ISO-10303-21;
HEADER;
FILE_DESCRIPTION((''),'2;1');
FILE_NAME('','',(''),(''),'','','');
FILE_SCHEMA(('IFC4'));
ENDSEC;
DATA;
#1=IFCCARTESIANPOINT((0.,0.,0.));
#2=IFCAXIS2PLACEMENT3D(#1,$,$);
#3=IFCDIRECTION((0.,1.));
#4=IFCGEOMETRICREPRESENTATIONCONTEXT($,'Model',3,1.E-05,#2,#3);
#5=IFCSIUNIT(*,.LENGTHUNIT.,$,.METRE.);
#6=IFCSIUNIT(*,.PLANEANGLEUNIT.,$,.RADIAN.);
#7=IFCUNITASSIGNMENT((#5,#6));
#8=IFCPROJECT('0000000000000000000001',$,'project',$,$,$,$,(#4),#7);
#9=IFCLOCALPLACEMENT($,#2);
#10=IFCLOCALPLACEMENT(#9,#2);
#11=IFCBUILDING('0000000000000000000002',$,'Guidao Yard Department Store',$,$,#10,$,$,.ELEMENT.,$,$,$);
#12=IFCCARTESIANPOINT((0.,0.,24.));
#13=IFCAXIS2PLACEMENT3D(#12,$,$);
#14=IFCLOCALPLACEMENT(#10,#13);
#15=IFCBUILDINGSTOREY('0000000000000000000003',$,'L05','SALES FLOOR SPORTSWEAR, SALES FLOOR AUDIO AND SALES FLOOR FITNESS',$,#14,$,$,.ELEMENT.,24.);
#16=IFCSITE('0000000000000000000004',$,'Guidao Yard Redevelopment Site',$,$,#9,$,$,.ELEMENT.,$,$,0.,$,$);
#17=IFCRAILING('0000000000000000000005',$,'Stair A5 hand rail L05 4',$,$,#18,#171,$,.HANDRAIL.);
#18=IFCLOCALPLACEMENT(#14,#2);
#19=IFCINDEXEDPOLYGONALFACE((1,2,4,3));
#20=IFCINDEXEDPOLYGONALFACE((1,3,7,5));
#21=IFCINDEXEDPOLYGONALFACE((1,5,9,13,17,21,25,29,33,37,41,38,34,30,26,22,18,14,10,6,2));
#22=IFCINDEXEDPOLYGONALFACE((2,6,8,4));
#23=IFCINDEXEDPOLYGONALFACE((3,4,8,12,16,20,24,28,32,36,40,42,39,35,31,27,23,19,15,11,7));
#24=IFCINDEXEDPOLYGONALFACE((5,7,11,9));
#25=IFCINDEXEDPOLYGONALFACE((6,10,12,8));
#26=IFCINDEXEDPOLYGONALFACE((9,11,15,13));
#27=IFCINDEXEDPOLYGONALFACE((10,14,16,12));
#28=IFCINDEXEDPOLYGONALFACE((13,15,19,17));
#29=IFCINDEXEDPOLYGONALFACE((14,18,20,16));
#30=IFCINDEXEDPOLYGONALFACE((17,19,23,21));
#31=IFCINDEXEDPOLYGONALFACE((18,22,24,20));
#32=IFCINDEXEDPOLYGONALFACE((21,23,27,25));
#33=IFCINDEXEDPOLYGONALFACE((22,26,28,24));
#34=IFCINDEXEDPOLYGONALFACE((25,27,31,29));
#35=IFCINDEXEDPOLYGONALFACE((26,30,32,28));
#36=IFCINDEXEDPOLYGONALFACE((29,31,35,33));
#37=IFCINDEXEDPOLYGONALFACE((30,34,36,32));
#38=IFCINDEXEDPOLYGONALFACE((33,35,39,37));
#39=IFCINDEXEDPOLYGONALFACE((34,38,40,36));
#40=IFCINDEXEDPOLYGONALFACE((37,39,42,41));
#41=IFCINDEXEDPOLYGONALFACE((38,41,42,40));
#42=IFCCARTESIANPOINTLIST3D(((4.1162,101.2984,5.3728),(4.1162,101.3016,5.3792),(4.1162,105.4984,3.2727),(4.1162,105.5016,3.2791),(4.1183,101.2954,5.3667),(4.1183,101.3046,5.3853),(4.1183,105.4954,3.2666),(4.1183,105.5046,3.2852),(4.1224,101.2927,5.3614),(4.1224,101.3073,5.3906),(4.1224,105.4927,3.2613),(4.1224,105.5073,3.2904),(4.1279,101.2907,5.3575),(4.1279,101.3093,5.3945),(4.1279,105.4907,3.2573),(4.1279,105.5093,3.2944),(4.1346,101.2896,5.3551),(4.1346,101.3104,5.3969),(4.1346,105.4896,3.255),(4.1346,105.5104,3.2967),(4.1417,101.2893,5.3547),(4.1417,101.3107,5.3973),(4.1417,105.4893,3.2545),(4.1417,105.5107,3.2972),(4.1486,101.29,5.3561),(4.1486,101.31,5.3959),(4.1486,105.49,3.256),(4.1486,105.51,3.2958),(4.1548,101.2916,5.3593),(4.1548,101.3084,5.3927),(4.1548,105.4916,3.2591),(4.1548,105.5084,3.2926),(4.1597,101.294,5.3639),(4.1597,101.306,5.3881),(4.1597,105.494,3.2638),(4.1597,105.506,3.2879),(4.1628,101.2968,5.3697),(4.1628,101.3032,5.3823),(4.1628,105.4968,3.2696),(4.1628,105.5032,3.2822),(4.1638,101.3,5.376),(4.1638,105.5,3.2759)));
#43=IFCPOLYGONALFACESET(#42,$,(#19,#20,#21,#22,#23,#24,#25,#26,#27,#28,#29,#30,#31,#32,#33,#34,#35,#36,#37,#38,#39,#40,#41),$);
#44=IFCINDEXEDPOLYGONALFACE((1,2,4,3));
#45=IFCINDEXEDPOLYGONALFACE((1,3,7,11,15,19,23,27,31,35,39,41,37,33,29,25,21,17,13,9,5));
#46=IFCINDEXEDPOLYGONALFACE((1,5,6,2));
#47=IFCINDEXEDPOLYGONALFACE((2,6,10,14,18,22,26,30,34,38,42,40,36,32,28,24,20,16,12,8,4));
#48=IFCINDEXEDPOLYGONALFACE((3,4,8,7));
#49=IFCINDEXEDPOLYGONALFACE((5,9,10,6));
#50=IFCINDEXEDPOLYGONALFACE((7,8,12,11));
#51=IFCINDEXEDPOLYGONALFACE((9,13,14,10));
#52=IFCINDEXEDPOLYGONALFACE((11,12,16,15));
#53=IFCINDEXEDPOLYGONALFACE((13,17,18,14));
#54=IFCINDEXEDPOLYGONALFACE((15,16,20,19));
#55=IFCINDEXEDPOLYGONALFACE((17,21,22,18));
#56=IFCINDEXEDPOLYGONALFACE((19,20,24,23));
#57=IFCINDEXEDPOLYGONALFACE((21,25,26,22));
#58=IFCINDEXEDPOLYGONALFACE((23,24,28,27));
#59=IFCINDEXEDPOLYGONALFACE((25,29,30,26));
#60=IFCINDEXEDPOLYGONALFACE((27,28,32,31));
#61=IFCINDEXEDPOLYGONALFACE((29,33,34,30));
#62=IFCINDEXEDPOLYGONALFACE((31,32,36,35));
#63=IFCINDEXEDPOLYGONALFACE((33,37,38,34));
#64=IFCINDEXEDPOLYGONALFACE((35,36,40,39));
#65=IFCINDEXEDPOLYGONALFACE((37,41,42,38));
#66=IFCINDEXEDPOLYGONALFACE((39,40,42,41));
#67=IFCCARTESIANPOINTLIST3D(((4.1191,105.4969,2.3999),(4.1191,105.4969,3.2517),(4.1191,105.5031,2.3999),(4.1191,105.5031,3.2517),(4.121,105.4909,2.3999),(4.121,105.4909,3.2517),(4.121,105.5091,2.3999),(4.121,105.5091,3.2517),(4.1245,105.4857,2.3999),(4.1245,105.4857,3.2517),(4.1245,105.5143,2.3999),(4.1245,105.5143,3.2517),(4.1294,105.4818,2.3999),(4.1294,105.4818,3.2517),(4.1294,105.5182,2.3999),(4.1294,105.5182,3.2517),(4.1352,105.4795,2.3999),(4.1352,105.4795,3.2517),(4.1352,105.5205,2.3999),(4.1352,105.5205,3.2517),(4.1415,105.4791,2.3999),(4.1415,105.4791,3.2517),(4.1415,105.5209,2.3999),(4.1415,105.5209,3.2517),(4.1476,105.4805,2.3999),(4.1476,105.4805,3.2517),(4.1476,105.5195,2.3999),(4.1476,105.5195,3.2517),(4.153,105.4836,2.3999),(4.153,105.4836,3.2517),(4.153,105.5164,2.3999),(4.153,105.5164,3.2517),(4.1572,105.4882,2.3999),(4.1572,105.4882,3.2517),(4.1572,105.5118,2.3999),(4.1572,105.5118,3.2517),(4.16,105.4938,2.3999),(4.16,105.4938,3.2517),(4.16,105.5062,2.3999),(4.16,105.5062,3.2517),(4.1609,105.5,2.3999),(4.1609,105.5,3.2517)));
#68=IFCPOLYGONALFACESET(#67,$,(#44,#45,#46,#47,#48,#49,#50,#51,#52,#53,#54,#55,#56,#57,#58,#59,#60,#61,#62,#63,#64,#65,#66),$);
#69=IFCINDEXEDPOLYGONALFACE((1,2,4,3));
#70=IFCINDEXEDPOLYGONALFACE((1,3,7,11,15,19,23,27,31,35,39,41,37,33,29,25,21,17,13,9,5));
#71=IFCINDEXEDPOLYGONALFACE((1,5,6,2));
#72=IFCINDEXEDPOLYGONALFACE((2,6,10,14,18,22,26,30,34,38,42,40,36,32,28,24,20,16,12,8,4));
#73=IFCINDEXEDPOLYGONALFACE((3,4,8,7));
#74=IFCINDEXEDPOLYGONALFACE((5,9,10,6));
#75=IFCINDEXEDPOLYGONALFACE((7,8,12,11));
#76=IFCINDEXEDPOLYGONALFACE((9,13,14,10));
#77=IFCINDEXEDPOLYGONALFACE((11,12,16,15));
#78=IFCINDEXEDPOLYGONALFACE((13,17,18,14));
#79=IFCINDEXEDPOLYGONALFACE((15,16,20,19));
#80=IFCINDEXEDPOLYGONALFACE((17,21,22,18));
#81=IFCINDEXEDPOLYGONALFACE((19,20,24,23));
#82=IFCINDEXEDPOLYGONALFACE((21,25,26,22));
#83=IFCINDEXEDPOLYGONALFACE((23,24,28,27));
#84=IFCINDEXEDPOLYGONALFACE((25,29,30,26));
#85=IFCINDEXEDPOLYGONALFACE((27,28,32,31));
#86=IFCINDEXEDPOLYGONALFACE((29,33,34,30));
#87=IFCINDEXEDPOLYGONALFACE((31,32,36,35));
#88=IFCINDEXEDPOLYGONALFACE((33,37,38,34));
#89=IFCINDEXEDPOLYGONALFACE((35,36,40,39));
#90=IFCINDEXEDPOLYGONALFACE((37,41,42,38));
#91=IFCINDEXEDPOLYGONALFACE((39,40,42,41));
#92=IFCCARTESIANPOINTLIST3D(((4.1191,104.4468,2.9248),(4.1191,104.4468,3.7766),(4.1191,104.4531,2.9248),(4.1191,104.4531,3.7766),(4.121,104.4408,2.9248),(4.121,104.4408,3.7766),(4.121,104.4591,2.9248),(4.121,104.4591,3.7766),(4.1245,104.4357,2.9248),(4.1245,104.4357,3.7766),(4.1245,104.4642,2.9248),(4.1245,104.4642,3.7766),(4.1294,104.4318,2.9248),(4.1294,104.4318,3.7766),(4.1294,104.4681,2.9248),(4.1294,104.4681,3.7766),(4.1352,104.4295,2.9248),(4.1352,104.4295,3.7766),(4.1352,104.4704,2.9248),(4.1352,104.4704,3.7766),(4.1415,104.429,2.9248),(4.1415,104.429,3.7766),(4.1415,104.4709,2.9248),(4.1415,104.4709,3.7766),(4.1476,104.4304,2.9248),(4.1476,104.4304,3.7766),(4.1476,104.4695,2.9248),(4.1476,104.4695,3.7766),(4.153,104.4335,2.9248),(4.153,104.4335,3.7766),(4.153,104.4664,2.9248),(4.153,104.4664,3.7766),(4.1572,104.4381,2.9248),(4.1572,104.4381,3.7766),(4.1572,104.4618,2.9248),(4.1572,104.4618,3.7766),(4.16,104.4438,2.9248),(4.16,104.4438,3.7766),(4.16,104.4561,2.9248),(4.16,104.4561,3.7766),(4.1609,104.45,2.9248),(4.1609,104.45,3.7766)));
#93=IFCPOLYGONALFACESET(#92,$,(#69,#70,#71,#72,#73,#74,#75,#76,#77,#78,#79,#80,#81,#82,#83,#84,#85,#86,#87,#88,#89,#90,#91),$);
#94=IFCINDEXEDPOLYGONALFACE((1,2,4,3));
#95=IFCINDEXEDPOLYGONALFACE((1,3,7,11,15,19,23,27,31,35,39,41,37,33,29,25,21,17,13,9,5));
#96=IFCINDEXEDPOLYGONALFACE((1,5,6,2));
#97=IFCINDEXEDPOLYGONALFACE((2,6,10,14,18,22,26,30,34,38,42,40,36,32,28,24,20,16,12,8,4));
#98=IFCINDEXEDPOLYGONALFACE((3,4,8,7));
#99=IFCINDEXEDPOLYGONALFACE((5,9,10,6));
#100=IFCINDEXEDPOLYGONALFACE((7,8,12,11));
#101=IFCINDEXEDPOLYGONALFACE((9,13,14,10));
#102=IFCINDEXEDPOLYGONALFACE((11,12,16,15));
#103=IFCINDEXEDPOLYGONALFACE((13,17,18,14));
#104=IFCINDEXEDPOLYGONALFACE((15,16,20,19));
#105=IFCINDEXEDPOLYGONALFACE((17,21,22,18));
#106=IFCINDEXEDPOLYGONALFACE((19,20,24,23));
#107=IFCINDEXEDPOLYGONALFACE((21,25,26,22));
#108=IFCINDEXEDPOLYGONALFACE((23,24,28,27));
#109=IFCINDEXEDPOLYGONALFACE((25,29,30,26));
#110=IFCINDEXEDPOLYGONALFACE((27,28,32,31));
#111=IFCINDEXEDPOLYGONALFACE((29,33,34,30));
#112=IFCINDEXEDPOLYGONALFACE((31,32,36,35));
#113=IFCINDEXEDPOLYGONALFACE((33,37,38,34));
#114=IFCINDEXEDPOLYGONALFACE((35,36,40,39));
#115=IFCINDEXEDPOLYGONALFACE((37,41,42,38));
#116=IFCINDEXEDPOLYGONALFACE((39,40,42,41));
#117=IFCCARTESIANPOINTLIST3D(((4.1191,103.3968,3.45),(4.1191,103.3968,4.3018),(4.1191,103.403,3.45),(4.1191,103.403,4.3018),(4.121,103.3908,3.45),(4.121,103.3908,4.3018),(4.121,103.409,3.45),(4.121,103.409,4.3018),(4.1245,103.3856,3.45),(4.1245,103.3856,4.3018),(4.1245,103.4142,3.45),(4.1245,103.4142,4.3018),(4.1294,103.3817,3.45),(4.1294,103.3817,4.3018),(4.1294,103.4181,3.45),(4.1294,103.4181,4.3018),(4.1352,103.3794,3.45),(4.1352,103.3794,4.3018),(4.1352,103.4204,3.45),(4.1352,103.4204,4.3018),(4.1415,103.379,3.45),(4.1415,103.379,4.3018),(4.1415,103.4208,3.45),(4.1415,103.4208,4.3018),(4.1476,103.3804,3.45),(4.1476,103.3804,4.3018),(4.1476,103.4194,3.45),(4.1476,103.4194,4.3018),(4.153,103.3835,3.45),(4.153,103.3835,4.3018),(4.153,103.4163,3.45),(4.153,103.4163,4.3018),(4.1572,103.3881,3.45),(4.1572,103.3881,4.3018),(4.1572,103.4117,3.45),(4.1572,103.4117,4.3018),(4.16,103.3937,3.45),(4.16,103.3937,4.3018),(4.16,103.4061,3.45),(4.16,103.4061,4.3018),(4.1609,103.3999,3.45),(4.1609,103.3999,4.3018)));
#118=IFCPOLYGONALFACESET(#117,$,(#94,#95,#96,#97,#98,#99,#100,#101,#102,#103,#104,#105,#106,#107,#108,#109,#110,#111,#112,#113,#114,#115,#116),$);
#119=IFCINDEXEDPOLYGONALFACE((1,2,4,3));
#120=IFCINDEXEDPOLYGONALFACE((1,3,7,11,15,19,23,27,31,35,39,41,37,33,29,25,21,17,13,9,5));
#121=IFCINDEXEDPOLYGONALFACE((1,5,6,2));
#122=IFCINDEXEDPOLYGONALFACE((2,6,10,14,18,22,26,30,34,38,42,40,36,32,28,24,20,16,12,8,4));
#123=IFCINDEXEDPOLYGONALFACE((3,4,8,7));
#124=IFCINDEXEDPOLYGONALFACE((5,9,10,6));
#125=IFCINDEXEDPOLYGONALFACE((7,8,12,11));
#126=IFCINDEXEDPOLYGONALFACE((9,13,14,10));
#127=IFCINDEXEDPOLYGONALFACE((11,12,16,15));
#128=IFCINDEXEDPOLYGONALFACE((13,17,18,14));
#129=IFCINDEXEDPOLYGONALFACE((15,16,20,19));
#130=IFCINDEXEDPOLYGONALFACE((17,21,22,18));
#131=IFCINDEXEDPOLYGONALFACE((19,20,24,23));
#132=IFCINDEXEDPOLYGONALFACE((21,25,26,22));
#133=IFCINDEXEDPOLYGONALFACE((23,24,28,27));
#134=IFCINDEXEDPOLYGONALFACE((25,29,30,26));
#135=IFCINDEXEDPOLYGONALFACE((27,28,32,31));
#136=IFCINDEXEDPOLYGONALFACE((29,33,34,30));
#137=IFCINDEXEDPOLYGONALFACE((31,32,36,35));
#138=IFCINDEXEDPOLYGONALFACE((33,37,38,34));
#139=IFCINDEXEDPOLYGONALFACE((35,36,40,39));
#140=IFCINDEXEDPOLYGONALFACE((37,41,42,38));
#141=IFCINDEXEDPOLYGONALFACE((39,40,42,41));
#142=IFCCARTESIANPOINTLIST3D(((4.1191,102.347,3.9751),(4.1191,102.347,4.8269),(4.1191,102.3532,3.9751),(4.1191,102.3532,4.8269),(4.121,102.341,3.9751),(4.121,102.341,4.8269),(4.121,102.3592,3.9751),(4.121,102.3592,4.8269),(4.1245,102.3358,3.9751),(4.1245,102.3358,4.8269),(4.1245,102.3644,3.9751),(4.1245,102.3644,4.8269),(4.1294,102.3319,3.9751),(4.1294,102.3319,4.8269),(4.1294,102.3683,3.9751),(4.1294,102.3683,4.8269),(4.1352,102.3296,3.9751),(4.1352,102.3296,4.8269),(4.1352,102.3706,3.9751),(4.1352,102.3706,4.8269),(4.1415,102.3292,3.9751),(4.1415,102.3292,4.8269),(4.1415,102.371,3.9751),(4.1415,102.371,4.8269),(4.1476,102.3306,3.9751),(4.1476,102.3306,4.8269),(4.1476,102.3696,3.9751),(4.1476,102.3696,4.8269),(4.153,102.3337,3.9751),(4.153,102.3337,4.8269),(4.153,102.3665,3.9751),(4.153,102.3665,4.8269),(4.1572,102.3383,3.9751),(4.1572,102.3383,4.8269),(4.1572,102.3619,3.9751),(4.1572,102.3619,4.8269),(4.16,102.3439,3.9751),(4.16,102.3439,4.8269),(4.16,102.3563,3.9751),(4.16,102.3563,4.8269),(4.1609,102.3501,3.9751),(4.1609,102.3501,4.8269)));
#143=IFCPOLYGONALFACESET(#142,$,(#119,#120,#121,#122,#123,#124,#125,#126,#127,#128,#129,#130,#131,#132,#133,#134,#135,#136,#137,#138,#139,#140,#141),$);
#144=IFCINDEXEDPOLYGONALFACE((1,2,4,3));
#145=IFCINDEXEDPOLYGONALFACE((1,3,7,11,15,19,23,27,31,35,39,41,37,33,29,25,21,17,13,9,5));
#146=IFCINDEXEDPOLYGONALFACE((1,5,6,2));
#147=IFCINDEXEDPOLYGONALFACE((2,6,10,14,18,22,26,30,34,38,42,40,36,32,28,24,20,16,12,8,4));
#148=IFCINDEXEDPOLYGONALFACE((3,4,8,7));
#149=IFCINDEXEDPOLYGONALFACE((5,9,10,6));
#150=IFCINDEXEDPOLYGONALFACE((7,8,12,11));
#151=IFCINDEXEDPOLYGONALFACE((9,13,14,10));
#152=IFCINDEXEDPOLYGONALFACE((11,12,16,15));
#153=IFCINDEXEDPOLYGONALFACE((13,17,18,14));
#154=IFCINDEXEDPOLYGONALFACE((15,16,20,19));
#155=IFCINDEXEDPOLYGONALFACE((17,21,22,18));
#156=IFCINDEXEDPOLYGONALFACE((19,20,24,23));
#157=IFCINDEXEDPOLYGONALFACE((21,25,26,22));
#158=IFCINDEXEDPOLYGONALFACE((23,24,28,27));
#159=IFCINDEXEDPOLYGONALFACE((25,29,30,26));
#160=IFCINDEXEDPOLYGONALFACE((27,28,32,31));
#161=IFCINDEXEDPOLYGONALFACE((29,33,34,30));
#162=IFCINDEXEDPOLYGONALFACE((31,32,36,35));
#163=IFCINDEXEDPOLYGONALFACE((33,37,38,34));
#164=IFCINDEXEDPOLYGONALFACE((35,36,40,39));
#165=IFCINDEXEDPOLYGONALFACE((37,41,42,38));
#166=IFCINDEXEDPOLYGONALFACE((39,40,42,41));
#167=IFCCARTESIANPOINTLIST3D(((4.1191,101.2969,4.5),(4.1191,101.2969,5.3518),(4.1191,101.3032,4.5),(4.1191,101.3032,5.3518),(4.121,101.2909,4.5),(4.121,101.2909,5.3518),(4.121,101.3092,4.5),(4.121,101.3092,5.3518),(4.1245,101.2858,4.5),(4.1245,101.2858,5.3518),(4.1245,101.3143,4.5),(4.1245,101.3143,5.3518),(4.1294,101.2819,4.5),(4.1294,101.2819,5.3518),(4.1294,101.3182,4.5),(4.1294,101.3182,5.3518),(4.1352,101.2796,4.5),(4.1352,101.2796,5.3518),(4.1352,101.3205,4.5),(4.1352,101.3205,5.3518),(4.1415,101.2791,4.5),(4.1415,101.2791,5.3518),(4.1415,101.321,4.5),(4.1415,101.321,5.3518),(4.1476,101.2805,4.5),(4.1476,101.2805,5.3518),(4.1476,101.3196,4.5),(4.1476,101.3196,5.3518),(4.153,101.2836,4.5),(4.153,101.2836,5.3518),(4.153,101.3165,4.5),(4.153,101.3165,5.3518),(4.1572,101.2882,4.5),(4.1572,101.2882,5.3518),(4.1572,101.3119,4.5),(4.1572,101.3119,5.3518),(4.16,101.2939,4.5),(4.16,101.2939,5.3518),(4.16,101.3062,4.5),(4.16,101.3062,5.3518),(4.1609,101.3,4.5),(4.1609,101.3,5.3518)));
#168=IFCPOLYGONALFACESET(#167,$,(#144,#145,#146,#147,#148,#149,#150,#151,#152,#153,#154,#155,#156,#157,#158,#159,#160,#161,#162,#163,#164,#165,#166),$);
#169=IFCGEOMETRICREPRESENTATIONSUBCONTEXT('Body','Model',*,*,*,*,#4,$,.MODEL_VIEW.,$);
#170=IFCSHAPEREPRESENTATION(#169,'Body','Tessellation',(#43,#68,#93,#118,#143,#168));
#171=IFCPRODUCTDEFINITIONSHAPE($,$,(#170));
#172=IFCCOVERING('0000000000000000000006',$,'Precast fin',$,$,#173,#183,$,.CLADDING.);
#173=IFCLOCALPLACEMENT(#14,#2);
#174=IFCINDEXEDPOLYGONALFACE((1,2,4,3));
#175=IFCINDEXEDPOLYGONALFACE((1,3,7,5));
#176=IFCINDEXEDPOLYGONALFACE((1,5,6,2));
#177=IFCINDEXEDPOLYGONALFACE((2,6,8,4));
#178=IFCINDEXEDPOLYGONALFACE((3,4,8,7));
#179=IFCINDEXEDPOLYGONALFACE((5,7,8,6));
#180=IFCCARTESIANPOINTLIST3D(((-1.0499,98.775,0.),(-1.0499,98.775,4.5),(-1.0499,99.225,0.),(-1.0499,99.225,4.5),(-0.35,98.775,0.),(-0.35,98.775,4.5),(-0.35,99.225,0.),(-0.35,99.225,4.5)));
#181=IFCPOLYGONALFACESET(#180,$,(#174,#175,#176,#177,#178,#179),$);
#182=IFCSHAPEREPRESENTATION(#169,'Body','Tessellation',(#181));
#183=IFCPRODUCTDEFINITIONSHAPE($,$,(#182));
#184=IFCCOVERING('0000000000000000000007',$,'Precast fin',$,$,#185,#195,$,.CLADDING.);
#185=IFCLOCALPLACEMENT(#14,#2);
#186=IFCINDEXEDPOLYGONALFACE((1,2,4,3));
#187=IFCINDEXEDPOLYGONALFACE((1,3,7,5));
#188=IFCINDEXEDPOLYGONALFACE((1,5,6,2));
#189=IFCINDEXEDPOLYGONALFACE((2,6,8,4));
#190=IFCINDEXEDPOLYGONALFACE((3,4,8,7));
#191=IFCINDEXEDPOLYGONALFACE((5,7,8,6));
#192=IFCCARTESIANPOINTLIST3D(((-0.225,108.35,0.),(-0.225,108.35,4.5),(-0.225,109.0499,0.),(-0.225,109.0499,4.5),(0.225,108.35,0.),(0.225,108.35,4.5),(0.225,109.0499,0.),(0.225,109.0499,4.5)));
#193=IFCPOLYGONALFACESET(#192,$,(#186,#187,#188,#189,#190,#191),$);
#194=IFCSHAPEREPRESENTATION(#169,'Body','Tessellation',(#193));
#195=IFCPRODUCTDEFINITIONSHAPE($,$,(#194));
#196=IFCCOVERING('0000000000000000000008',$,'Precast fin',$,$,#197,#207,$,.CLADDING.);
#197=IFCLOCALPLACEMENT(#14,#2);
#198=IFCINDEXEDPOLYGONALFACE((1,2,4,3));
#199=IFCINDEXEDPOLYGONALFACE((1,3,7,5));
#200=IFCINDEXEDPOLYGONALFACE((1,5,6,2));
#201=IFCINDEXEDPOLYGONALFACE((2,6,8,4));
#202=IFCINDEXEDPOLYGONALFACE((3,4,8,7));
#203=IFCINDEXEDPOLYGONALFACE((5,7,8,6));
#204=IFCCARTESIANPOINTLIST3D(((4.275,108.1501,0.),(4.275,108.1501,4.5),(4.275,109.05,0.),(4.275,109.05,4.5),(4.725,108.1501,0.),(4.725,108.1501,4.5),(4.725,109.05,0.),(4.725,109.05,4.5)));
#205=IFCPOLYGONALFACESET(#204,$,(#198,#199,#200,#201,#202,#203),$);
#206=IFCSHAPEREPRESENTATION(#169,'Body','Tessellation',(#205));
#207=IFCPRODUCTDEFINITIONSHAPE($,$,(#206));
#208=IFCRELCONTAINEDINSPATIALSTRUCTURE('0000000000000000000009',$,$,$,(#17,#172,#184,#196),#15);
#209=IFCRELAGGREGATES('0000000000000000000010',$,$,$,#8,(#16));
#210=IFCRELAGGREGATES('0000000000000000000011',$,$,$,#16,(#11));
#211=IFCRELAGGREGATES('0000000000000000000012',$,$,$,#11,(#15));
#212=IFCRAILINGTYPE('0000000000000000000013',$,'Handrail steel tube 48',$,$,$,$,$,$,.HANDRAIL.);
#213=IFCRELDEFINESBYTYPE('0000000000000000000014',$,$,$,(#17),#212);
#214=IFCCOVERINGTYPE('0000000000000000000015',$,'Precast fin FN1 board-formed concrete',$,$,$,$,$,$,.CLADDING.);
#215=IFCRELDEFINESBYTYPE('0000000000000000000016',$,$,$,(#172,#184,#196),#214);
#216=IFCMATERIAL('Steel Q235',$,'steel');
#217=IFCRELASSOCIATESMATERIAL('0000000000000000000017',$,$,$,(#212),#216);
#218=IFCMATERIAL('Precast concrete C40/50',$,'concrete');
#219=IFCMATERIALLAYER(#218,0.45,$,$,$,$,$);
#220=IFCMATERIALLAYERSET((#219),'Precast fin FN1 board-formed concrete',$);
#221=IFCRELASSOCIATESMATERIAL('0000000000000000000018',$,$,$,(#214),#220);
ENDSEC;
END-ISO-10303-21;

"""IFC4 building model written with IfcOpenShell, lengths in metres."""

from ifc_helpers import new_model, si_unit, direction, frame, origin, origin_2d, place, context, subcontext, project, spatial, rectangle, circle, extrude, material, layer, layer_set, type_object, element, save


model = new_model("IFC4")

# Units and contexts
model_context = context("Model", 3, precision=1e-05, world=origin(), true_north=direction((0.0, 1.0)))
body_context = subcontext(model_context, "Body", "Model", "MODEL_VIEW")
ifc_project = project(units=[si_unit("LENGTHUNIT", "METRE"), si_unit("PLANEANGLEUNIT", "RADIAN")], contexts=[model_context])

# Site, building, storey
site_placement = place(None, origin())
site = spatial("IfcSite", under=ifc_project, at=site_placement, Name="Guidao Yard Redevelopment Site", CompositionType="ELEMENT", RefElevation=0.0)
building_placement = place(site_placement, origin())
building = spatial("IfcBuilding", under=site, at=building_placement, Name="Guidao Yard Department Store", CompositionType="ELEMENT")
storey_placement = place(building_placement, frame((0.0, 0.0, 24.0)))
storey = spatial("IfcBuildingStorey", under=building, at=storey_placement, Name="L05", Description="SALES FLOOR SPORTSWEAR, SALES FLOOR AUDIO AND SALES FLOOR FITNESS", CompositionType="ELEMENT", Elevation=24.0)

# Railing
ifc_material_1 = material(Name="Steel Q235", Category="steel")
railing_type_1 = type_object("IfcRailingType", Name="Handrail steel tube 48", PredefinedType="HANDRAIL", material=ifc_material_1)
for number, where, name in (
    (1, (4.1399, 105.5, 2.3999), "Stair A5 hand rail L05 4"),
):
    element("IfcRailing", number, at=place(storey_placement, frame(where)), inside=storey, type_object=railing_type_1, Name=name, PredefinedType="HANDRAIL", context=body_context, shape_type="SweptSolid", body=[
        extrude(circle(Radius=0.0239, at=origin_2d()), frame((0.0, 0.0, 0.876), z_axis=(0.0, -0.894417, 0.447234), x_axis=(1.0, 0.0, 0.0)), (0.0, 0.0, 1.0), 4.6958),
        extrude(circle(Radius=0.021, at=origin_2d()), origin(), (0.0, 0.0, 1.0), 0.8518),
        extrude(circle(Radius=0.021, at=origin_2d()), frame((0.0, -1.05, 0.5249)), (0.0, 0.0, 1.0), 0.8518),
        extrude(circle(Radius=0.021, at=origin_2d()), frame((0.0, -2.1001, 1.05)), (0.0, 0.0, 1.0), 0.8518),
        extrude(circle(Radius=0.021, at=origin_2d()), frame((0.0, -3.1499, 1.5752)), (0.0, 0.0, 1.0), 0.8518),
        extrude(circle(Radius=0.021, at=origin_2d()), frame((0.0, -4.2, 2.1001)), (0.0, 0.0, 1.0), 0.8518),
    ])

# Coverings
ifc_material_2 = material(Name="Precast concrete C40/50", Category="concrete")
ifc_layer_1 = layer(ifc_material_2, 0.45)
ifc_layer_set_1 = layer_set([ifc_layer_1], Name="Precast fin FN1 board-formed concrete")
covering_type = type_object("IfcCoveringType", Name="Precast fin FN1 board-formed concrete", PredefinedType="CLADDING", material=ifc_layer_set_1)
for number, where, z_axis, x_axis, name in (
    (2, (-0.7, 99.0, 0.0), (0.0, 0.0, 1.0), (0.0, 1.0, 0.0), "Precast fin"),
    (3, (0.0, 108.7, 0.0), (0.0, 0.0, 1.0), (1.0, 0.0, 0.0), "Precast fin"),
):
    element("IfcCovering", number, at=place(storey_placement, frame(where, z_axis=z_axis, x_axis=x_axis)), inside=storey, type_object=covering_type, Name=name, PredefinedType="CLADDING", context=body_context, shape_type="SweptSolid", body=[
        extrude(rectangle(XDim=0.45, YDim=0.7, at=origin_2d()), origin(), (0.0, 0.0, 1.0), 4.5),
    ])
covering_placement = place(storey_placement, frame((4.5, 108.6001, 0.0), z_axis=(0.0, 0.0, 1.0), x_axis=(1.0, 0.0, 0.0)))
element("IfcCovering", 4, at=covering_placement, inside=storey, type_object=covering_type, Name="Precast fin", PredefinedType="CLADDING", context=body_context, shape_type="SweptSolid", body=[
    extrude(rectangle(XDim=0.45, YDim=0.8999, at=origin_2d()), origin(), (0.0, 0.0, 1.0), 4.5),
])

save(model, "model.ifc")
